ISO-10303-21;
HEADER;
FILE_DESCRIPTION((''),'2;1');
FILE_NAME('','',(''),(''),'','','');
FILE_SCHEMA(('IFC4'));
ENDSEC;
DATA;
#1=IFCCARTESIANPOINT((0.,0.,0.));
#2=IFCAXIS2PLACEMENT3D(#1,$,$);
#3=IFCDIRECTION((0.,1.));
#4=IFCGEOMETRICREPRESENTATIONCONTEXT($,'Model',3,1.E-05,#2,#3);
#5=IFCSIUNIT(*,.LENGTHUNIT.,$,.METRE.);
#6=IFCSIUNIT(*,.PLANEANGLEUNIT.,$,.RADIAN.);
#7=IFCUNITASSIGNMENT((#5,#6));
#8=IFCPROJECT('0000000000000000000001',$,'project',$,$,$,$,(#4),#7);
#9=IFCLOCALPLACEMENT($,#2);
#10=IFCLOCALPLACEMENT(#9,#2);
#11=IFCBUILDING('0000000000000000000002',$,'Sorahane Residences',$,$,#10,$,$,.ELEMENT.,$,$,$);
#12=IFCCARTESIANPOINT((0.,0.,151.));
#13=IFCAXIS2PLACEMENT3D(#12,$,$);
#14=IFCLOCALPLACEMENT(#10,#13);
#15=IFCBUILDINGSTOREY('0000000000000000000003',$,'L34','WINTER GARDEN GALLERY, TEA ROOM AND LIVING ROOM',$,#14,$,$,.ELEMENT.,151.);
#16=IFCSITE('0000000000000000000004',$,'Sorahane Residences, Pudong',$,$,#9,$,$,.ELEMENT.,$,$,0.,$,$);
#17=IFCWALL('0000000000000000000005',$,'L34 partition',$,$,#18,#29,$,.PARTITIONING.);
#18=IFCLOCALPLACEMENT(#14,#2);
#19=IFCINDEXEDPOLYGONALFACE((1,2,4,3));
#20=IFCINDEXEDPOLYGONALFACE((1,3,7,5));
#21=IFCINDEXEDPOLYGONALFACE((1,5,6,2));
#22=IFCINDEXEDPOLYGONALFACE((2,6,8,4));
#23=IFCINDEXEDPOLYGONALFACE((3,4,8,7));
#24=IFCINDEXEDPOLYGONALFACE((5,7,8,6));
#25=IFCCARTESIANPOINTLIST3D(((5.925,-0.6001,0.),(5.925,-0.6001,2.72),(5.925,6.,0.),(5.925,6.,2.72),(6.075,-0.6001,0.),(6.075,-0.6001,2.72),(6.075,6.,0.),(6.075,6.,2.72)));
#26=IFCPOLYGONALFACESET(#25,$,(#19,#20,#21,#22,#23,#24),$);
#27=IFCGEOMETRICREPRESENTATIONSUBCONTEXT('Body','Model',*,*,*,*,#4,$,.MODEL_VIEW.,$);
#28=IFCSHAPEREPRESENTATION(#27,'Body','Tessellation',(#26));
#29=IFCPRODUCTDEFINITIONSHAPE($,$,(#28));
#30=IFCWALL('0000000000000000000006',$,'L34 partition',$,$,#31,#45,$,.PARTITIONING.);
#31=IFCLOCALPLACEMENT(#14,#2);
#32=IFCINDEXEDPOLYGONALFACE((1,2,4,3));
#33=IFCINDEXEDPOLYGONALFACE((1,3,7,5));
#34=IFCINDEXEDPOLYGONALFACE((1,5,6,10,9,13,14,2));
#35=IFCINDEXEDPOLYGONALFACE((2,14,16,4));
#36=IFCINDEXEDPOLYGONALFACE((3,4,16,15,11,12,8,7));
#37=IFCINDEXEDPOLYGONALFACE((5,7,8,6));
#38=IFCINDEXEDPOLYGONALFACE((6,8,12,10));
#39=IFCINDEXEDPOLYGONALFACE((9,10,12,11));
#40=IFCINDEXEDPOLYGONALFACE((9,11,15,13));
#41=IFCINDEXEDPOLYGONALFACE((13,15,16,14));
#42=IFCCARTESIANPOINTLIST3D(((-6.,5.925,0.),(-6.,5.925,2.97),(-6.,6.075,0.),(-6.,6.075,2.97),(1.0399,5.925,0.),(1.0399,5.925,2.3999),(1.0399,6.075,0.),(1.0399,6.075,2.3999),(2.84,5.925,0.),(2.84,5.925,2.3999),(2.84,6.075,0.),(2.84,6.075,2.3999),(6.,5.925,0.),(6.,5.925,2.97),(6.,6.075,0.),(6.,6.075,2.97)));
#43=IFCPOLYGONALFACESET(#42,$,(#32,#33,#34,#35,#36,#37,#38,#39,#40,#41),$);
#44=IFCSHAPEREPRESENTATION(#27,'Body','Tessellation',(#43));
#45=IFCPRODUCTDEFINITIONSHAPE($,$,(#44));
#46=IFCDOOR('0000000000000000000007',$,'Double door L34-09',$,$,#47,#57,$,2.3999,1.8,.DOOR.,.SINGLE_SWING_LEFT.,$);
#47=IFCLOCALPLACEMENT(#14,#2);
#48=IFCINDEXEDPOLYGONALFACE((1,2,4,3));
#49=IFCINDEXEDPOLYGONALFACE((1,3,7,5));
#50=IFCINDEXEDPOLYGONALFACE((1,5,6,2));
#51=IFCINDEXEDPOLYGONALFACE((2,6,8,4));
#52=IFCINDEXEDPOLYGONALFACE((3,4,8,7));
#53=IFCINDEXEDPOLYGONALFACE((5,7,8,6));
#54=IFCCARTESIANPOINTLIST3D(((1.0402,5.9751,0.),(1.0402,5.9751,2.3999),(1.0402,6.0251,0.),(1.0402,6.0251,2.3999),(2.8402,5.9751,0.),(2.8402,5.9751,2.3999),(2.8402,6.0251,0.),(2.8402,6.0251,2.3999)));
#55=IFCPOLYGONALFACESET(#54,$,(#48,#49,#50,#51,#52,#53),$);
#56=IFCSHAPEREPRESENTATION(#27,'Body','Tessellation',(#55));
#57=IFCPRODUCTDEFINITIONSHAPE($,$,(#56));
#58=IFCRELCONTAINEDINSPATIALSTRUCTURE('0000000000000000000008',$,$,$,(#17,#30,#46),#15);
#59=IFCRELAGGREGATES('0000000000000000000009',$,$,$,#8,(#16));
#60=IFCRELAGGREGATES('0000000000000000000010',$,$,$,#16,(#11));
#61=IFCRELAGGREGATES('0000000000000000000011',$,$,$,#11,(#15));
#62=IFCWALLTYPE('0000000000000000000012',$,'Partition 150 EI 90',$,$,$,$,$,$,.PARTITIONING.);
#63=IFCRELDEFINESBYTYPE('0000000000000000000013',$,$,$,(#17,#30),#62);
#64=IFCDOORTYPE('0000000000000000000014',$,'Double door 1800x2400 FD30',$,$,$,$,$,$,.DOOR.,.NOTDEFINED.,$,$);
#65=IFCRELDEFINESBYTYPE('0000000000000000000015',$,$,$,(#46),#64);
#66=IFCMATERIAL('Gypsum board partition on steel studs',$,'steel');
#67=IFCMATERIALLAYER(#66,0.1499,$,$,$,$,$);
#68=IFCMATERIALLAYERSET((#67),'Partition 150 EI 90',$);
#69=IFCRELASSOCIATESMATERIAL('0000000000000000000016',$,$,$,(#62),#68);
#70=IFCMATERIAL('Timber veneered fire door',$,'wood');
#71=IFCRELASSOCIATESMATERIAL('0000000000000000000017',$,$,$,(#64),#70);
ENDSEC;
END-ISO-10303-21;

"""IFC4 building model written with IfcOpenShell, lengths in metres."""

from ifc_helpers import new_model, si_unit, direction, frame, frame_2d, origin, place, context, subcontext, project, spatial, rectangle, extrude, material, layer, layer_set, type_object, element, fill, save


model = new_model("IFC4")

# Units and contexts
model_context = context("Model", 3, precision=1e-05, world=origin(), true_north=direction((0.0, 1.0)))
body_context = subcontext(model_context, "Body", "Model", "MODEL_VIEW")
ifc_project = project(units=[si_unit("LENGTHUNIT", "METRE"), si_unit("PLANEANGLEUNIT", "RADIAN")], contexts=[model_context])

# Site, building, storey
site_placement = place(None, origin())
site = spatial("IfcSite", under=ifc_project, at=site_placement, Name="Sorahane Residences, Pudong", CompositionType="ELEMENT", RefElevation=0.0)
building_placement = place(site_placement, origin())
building = spatial("IfcBuilding", under=site, at=building_placement, Name="Sorahane Residences", CompositionType="ELEMENT")
storey_placement = place(building_placement, frame((0.0, 0.0, 151.0)))
storey = spatial("IfcBuildingStorey", under=building, at=storey_placement, Name="L34", Description="WINTER GARDEN GALLERY, TEA ROOM AND LIVING ROOM", CompositionType="ELEMENT", Elevation=151.0)

# Wall
ifc_material_1 = material(Name="Gypsum board partition on steel studs", Category="steel")
ifc_layer_1 = layer(ifc_material_1, 0.1499)
ifc_layer_set_1 = layer_set([ifc_layer_1], Name="Partition 150 EI 90")
wall_type = type_object("IfcWallType", Name="Partition 150 EI 90", PredefinedType="PARTITIONING", material=ifc_layer_set_1)
wall_1_placement = place(storey_placement, frame((6.0, -0.6001, 0.0), z_axis=(0.0, 0.0, 1.0), x_axis=(0.0, 1.0, 0.0)))
element("IfcWall", 1, at=wall_1_placement, inside=storey, type_object=wall_type, Name="L34 partition", PredefinedType="PARTITIONING", context=body_context, shape_type="SweptSolid", body=[
    extrude(rectangle(XDim=6.6001, YDim=0.1499, at=frame_2d((3.3, 0.0))), origin(), (0.0, 0.0, 1.0), 2.72),
])

# Wall, opening, door
wall_2_placement = place(storey_placement, frame((-6.0, 6.0, 0.0), z_axis=(0.0, 0.0, 1.0), x_axis=(1.0, 0.0, 0.0)))
wall_2 = element("IfcWall", 2, at=wall_2_placement, inside=storey, type_object=wall_type, Name="L34 partition", PredefinedType="PARTITIONING", context=body_context, shape_type="SweptSolid", body=[
    extrude(rectangle(XDim=12.0, YDim=0.1499, at=frame_2d((6.0, 0.0))), origin(), (0.0, 0.0, 1.0), 2.97),
])
opening_placement = place(wall_2_placement, frame((7.04, 0.0, 0.0)))
opening = element("IfcOpeningElement", 3, at=opening_placement, cuts=wall_2, PredefinedType="OPENING", context=body_context, shape_type="SweptSolid", body=[
    extrude(rectangle(XDim=1.8, YDim=2.3999, at=frame_2d((0.8999, 1.2))), frame((0.0, 0.085, 0.0), z_axis=(0.0, -1.0, 0.0), x_axis=(1.0, 0.0, 0.0)), (0.0, 0.0, 1.0), 0.1699),
])
ifc_material_2 = material(Name="Timber veneered fire door", Category="wood")
door_type = type_object("IfcDoorType", Name="Double door 1800x2400 FD30", OperationType="NOTDEFINED", PredefinedType="DOOR", material=ifc_material_2)
door_placement = place(opening_placement, frame((1.8, 0.0, 0.0), z_axis=(0.0, 0.0, 1.0), x_axis=(-1.0, 0.0, 0.0)))
door = element("IfcDoor", 4, at=door_placement, inside=storey, type_object=door_type, Name="Double door L34-09", OperationType="SINGLE_SWING_LEFT", OverallHeight=2.3999, OverallWidth=1.8, PredefinedType="DOOR", context=body_context, shape_type="SweptSolid", body=[
    extrude(rectangle(XDim=1.8, YDim=2.3999, at=frame_2d((0.8999, 1.2))), frame((0.0, 0.0249, 0.0), z_axis=(0.0, -1.0, 0.0), x_axis=(1.0, 0.0, 0.0)), (0.0, 0.0, 1.0), 0.05),
])
fill(opening, door)

save(model, "model.ifc")
